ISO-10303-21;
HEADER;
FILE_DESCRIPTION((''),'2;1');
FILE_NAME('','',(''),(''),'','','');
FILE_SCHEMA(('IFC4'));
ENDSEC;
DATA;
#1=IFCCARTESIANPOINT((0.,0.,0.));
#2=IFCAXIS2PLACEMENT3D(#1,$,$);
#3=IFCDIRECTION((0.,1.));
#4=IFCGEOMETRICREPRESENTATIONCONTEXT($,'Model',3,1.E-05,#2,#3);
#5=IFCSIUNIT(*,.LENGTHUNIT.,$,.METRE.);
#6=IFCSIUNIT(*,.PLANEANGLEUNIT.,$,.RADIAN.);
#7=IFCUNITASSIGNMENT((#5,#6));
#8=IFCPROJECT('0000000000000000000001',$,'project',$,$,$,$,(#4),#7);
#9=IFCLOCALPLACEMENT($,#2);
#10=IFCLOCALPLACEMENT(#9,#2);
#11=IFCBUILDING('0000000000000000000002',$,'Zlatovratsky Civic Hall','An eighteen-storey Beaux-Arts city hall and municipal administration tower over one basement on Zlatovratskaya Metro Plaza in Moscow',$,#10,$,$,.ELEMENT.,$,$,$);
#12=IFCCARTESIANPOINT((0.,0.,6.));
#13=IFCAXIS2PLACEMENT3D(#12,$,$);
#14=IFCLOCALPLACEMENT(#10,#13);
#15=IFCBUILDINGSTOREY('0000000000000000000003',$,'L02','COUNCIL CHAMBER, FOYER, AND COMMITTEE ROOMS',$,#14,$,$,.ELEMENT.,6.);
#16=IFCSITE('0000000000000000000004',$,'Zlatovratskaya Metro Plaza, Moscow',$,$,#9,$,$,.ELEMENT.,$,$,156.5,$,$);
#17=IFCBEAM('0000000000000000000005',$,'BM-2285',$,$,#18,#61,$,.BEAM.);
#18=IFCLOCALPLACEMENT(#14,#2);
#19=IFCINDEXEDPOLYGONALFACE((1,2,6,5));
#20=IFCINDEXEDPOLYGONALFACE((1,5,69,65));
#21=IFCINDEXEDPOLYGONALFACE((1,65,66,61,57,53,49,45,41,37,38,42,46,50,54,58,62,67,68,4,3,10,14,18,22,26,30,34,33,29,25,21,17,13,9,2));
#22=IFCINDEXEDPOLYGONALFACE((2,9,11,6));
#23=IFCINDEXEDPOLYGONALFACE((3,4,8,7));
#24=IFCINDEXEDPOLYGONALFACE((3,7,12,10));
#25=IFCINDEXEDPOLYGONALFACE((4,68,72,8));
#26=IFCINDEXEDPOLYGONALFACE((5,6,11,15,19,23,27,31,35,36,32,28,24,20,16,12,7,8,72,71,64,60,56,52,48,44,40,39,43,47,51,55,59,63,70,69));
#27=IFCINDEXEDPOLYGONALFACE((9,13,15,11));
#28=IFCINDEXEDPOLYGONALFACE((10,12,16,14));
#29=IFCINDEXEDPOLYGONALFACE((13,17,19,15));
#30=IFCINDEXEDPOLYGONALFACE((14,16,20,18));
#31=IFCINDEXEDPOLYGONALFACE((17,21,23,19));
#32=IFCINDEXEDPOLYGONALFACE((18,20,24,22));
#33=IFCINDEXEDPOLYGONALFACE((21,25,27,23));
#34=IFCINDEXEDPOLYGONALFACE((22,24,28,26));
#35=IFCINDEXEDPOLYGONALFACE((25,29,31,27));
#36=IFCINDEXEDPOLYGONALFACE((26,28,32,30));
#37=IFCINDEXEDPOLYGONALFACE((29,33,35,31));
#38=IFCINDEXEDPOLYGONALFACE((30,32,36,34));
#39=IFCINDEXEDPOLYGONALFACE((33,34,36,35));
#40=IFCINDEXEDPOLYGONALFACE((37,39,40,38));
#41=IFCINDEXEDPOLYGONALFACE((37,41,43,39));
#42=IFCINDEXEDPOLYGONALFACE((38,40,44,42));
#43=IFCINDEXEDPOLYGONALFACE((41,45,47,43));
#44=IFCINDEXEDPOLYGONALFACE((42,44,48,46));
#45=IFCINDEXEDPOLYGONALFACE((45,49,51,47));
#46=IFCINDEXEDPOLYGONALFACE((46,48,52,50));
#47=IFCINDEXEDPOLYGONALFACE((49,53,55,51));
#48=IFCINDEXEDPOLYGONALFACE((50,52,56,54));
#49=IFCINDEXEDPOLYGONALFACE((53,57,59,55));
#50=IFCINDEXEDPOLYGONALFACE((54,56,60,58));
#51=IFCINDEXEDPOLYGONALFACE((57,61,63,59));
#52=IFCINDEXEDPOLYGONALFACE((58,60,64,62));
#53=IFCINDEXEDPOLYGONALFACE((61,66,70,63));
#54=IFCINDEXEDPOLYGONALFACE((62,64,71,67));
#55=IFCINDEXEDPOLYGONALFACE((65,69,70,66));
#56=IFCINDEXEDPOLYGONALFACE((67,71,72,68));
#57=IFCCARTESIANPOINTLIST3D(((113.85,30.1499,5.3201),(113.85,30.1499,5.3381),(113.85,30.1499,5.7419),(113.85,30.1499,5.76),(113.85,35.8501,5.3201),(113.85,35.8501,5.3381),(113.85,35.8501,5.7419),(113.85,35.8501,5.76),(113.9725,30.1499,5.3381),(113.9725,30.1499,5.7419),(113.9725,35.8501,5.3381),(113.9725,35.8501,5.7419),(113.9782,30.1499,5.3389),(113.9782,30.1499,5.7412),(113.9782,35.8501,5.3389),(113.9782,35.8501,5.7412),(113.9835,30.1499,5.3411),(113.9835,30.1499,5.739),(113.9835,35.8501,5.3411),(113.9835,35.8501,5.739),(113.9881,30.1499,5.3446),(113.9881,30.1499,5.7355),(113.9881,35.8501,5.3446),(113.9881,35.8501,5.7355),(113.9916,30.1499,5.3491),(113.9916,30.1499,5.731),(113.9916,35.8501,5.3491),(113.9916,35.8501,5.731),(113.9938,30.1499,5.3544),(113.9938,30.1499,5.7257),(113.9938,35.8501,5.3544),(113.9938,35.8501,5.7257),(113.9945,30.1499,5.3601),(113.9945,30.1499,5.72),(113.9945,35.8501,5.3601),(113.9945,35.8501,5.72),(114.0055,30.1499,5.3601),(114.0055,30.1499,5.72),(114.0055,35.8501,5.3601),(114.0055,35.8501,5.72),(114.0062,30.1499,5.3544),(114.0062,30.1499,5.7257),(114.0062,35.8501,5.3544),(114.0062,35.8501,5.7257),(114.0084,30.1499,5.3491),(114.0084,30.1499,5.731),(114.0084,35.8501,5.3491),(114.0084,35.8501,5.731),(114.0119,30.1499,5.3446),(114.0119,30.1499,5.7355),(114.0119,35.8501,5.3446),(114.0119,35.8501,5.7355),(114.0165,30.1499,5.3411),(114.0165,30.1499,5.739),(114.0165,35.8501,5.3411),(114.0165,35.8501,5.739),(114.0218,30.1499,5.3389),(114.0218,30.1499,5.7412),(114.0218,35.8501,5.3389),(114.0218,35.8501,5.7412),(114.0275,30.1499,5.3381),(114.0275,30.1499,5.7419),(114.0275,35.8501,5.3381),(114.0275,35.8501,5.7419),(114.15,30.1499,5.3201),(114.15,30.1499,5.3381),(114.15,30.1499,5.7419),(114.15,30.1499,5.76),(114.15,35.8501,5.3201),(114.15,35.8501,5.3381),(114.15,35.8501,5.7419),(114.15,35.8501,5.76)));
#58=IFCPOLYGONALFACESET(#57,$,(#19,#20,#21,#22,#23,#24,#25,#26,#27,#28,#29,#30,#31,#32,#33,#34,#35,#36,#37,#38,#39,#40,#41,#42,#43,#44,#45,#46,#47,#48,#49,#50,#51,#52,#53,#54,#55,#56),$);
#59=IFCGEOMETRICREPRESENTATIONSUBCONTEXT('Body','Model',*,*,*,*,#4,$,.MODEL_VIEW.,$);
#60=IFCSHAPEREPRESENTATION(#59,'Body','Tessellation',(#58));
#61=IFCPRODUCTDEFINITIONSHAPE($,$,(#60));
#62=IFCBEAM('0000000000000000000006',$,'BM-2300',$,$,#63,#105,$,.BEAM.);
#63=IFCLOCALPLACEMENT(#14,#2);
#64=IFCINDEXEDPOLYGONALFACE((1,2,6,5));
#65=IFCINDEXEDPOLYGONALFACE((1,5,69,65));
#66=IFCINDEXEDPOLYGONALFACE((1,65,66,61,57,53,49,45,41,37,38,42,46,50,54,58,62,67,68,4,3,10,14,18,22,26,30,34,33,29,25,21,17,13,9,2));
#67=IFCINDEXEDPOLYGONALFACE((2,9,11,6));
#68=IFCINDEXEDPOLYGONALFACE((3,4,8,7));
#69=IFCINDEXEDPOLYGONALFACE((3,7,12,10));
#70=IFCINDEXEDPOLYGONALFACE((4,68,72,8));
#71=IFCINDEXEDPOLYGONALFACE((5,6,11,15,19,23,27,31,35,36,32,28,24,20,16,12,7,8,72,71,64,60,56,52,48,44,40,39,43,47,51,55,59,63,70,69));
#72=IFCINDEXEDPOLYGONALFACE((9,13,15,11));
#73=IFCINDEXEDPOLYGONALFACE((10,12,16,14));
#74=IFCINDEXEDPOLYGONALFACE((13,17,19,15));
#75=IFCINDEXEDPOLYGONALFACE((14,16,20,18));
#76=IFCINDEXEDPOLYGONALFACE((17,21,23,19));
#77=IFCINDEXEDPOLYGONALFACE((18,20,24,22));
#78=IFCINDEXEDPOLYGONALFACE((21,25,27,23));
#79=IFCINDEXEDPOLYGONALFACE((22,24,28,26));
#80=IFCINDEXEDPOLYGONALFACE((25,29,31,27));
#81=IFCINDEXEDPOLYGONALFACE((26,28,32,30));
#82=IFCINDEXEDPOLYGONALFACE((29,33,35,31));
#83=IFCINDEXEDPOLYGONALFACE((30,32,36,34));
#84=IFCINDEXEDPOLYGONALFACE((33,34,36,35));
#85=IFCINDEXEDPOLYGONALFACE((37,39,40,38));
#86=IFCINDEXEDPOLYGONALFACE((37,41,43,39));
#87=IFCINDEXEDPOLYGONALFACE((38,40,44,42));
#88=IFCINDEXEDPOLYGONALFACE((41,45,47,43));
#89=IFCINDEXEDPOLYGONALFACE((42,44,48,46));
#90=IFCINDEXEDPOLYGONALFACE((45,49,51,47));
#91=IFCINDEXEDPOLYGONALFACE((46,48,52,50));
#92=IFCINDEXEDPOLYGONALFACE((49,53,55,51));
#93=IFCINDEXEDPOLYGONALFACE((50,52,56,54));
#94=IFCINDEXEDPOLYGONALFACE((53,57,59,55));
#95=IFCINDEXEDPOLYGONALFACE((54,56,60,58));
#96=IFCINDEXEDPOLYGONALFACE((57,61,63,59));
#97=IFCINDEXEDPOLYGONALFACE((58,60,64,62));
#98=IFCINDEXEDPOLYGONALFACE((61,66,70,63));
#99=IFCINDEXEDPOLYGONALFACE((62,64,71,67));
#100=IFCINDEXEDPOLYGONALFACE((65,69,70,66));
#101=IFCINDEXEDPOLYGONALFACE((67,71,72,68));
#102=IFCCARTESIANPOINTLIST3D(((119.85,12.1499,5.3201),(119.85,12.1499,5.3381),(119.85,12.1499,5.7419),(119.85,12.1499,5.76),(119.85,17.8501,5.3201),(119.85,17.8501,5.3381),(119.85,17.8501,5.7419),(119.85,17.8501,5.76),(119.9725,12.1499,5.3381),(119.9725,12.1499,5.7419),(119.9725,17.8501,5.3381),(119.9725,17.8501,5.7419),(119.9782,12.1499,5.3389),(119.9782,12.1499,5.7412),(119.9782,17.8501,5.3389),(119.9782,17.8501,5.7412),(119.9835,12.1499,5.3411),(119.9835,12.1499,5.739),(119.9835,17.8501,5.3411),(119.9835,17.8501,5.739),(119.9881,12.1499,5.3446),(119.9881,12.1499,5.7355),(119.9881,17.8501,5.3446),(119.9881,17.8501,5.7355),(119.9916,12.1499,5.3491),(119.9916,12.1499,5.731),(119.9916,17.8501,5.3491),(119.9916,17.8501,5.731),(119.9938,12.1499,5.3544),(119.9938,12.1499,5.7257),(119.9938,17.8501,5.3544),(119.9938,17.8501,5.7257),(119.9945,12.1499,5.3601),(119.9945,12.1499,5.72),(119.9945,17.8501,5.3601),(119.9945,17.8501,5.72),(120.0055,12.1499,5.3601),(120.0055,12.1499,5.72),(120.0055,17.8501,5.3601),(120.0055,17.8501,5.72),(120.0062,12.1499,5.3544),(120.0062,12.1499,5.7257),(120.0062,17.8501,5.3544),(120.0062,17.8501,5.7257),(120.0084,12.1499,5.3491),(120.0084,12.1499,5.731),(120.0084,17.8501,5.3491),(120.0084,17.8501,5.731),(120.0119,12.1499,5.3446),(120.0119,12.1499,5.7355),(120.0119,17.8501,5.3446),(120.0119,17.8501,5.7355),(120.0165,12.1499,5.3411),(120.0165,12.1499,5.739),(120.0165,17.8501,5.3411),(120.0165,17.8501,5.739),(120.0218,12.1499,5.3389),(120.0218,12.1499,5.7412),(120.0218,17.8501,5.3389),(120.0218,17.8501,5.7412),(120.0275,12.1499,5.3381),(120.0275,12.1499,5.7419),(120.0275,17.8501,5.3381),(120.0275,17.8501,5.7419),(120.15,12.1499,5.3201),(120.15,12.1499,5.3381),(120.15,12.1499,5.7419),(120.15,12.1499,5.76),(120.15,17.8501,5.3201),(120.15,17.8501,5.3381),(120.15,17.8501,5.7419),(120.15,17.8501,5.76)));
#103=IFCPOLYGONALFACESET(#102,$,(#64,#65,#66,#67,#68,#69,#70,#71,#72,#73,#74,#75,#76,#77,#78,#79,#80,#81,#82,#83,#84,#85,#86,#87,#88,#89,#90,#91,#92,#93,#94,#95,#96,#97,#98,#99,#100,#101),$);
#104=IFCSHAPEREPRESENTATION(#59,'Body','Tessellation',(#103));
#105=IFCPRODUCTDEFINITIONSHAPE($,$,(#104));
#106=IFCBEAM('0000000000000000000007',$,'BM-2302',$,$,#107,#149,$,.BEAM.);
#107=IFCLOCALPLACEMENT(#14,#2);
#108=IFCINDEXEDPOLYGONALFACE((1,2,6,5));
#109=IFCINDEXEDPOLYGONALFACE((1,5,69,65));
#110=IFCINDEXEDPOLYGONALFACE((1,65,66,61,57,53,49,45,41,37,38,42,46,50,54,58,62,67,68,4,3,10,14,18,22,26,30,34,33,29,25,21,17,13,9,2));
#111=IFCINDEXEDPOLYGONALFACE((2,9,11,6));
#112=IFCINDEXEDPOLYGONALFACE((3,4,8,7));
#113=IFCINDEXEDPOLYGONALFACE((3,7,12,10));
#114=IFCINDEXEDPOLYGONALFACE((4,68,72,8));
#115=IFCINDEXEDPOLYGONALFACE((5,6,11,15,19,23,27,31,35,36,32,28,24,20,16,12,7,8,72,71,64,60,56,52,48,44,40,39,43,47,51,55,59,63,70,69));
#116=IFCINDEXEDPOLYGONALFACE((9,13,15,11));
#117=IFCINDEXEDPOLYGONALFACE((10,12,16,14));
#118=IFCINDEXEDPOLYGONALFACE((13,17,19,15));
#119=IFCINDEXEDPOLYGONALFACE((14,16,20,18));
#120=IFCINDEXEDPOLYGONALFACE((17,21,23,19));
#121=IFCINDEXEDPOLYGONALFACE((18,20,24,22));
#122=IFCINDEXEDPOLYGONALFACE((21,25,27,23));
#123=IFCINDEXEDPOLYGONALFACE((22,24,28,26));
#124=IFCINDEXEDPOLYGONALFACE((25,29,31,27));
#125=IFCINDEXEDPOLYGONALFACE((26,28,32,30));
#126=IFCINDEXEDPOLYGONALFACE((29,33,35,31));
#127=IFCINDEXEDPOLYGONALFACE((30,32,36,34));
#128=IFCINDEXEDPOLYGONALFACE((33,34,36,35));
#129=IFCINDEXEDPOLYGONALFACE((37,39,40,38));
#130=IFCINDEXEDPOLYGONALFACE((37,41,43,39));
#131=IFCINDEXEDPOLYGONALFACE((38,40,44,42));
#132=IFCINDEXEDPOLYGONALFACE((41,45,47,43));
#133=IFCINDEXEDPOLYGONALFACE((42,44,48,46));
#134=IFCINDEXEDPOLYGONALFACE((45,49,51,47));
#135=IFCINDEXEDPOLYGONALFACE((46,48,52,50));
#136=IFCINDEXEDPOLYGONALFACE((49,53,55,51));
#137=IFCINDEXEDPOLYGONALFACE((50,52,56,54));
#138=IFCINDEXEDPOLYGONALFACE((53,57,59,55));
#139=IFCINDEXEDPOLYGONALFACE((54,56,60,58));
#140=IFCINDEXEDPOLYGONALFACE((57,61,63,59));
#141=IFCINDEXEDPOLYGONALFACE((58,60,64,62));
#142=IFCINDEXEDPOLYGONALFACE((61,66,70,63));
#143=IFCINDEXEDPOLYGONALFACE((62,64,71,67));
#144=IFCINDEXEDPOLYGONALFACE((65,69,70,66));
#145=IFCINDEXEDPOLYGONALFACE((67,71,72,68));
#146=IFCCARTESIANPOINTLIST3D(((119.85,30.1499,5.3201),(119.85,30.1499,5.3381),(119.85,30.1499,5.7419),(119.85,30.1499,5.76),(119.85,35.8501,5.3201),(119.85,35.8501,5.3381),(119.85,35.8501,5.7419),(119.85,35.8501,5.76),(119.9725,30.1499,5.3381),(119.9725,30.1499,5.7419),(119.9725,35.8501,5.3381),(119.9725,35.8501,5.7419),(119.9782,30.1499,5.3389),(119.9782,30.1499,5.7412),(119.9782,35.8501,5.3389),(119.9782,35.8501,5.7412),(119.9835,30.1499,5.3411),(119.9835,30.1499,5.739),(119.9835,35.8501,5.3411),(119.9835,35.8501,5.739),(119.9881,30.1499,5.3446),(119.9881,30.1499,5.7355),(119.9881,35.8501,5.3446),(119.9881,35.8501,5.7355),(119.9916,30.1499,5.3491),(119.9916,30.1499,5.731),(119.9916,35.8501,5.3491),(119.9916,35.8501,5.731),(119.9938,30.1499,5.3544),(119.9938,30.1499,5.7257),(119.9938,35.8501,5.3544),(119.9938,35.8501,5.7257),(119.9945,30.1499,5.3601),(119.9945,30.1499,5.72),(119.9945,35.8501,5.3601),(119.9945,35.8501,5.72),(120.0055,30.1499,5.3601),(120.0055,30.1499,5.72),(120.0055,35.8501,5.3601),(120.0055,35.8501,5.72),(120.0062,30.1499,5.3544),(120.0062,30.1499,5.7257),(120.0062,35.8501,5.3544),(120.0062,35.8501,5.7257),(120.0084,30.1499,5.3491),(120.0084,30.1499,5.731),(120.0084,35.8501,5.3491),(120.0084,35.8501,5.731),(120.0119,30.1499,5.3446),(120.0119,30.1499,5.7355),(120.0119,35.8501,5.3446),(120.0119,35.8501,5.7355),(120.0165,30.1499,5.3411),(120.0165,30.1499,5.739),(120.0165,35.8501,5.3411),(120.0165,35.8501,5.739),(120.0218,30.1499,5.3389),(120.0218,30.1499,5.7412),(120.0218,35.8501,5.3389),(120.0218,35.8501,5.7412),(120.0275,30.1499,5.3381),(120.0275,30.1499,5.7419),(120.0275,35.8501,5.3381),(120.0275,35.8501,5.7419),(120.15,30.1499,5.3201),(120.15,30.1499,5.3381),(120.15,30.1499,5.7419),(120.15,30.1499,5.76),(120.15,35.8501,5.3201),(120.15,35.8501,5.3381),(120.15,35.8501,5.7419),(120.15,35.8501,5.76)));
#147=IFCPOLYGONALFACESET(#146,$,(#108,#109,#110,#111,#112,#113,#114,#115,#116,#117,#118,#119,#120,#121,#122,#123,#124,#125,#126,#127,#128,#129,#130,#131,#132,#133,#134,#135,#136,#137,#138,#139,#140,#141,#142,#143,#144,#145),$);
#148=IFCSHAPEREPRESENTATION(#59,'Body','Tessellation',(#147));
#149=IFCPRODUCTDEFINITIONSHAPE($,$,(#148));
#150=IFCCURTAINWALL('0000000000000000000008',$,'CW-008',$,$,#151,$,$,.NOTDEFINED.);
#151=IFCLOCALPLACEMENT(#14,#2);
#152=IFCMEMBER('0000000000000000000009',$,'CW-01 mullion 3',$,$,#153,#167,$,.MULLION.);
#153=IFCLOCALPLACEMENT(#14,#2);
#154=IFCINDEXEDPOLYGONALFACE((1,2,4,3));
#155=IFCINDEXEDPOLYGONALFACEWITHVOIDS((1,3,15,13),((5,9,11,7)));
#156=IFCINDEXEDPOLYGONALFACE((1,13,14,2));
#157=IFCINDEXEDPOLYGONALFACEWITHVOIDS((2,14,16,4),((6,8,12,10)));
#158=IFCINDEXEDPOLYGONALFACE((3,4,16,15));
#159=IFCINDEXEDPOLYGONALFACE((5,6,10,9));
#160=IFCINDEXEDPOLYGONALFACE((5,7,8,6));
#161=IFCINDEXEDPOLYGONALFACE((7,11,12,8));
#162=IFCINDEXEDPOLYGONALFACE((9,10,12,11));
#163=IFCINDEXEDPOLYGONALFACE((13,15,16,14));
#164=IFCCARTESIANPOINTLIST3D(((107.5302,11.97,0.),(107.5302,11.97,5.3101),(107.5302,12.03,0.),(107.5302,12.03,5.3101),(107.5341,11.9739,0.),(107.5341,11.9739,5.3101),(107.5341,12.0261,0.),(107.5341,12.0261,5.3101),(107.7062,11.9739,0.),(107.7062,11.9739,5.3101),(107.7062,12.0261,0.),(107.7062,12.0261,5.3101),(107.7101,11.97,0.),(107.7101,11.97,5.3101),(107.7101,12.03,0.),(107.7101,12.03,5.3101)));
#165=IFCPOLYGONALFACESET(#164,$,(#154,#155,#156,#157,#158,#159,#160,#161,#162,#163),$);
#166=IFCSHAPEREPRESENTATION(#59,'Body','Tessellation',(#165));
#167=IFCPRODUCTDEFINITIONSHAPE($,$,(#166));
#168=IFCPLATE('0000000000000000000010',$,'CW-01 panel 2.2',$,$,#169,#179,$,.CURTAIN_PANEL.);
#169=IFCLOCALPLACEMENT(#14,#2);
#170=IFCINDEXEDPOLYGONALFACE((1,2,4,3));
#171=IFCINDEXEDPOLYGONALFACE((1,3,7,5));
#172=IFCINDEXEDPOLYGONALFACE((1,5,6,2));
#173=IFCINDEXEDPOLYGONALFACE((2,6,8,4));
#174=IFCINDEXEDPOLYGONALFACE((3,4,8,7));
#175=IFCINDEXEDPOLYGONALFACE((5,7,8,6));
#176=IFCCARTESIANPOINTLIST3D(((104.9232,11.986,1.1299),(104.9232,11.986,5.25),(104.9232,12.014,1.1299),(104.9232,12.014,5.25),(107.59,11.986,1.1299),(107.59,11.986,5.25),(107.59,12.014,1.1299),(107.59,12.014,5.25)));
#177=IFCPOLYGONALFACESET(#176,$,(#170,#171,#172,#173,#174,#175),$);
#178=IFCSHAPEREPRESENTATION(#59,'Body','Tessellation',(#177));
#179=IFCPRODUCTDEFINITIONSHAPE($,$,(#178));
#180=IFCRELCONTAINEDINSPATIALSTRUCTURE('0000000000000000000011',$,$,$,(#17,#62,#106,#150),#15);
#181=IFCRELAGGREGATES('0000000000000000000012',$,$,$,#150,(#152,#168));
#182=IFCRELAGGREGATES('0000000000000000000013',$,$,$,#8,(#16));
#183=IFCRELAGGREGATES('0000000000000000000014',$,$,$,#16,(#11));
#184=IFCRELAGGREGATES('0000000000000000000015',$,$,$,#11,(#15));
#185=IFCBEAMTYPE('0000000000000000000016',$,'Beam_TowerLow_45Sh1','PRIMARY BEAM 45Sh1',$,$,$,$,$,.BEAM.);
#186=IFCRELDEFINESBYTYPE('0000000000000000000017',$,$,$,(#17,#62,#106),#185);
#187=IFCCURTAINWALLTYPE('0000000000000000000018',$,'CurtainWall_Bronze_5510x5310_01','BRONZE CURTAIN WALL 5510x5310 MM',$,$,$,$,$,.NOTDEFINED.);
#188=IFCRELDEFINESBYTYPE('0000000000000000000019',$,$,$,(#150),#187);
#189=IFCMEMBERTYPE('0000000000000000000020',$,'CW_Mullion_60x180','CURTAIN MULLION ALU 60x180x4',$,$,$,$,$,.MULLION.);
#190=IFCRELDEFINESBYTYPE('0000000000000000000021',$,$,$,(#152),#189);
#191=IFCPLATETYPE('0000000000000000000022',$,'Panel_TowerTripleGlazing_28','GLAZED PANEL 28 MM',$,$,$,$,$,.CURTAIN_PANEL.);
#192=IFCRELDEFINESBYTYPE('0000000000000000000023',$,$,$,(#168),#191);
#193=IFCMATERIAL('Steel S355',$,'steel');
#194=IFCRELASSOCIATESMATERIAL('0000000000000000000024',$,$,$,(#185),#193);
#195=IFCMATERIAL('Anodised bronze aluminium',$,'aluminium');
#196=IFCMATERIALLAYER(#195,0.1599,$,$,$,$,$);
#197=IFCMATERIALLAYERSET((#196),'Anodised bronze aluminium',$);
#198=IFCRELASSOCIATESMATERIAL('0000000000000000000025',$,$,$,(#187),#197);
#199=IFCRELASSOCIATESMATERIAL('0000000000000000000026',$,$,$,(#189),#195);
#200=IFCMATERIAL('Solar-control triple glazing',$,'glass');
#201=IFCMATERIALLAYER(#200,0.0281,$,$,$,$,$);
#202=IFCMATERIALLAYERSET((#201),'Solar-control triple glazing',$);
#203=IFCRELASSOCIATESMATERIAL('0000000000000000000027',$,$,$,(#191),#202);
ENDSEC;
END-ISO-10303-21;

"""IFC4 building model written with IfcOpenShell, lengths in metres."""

from ifc_helpers import new_model, si_unit, direction, frame, origin, origin_2d, place, context, subcontext, project, spatial, rectangle, hollow_rectangle, i_section, extrude, material, layer, layer_set, material_profile, profile_set, type_object, element, aggregate, save


model = new_model("IFC4")

# Units and contexts
model_context = context("Model", 3, precision=1e-05, world=origin(), true_north=direction((0.0, 1.0)))
body_context = subcontext(model_context, "Body", "Model", "MODEL_VIEW")
ifc_project = project(units=[si_unit("LENGTHUNIT", "METRE"), si_unit("PLANEANGLEUNIT", "RADIAN")], contexts=[model_context])

# Site, building, storey
site_placement = place(None, origin())
site = spatial("IfcSite", under=ifc_project, at=site_placement, Name="Zlatovratskaya Metro Plaza, Moscow", CompositionType="ELEMENT", RefElevation=156.5)
building_placement = place(site_placement, origin())
building = spatial("IfcBuilding", under=site, at=building_placement, Name="Zlatovratsky Civic Hall", Description="An eighteen-storey Beaux-Arts city hall and municipal administration tower over one basement on Zlatovratskaya Metro Plaza in Moscow", CompositionType="ELEMENT")
storey_placement = place(building_placement, frame((0.0, 0.0, 6.0)))
storey = spatial("IfcBuildingStorey", under=building, at=storey_placement, Name="L02", Description="COUNCIL CHAMBER, FOYER, AND COMMITTEE ROOMS", CompositionType="ELEMENT", Elevation=6.0)

# Shared definitions
ifc_material_1 = material(Name="Steel S355", Category="steel")

# Beams
ifc_material_profile_1 = material_profile(ifc_material_1, i_section(OverallWidth=0.3, OverallDepth=0.4399, WebThickness=0.011, FlangeThickness=0.0181, FilletRadius=0.022, at=origin_2d()), Name="45Sh1")
ifc_profile_set_1 = profile_set([ifc_material_profile_1], Name="Steel S355")
beam_type_1 = type_object("IfcBeamType", Name="Beam_TowerLow_45Sh1", Description="PRIMARY BEAM 45Sh1", PredefinedType="BEAM", material=ifc_profile_set_1)
for number, where, z_axis, x_axis, name in (
    (1, (114.0, 30.1499, 5.54), (0.0, 1.0, 0.0), (-1.0, 0.0, 0.0), "BM-2285"),
    (2, (120.0, 12.1499, 5.54), (0.0, 1.0, 0.0), (-1.0, 0.0, 0.0), "BM-2300"),
    (3, (120.0, 30.1499, 5.54), (0.0, 1.0, 0.0), (-1.0, 0.0, 0.0), "BM-2302"),
):
    element("IfcBeam", number, at=place(storey_placement, frame(where, z_axis=z_axis, x_axis=x_axis)), inside=storey, type_object=beam_type_1, Name=name, PredefinedType="BEAM", context=body_context, shape_type="SweptSolid", body=[
        extrude(i_section(OverallWidth=0.3, OverallDepth=0.4399, WebThickness=0.011, FlangeThickness=0.0181, FilletRadius=0.022, at=origin_2d()), origin(), (0.0, 0.0, 1.0), 5.7002),
    ])

# Curtain wall, member, plate
ifc_material_2 = material(Name="Anodised bronze aluminium", Category="aluminium")
ifc_layer_1 = layer(ifc_material_2, 0.1599)
ifc_layer_set_1 = layer_set([ifc_layer_1], Name="Anodised bronze aluminium")
curtain_wall_type = type_object("IfcCurtainWallType", Name="CurtainWall_Bronze_5510x5310_01", Description="BRONZE CURTAIN WALL 5510x5310 MM", PredefinedType="NOTDEFINED", material=ifc_layer_set_1)
curtain_wall_placement = place(storey_placement, origin())
curtain_wall = element("IfcCurtainWall", 4, at=curtain_wall_placement, inside=storey, type_object=curtain_wall_type, Name="CW-008", PredefinedType="NOTDEFINED")
ifc_material_profile_2 = material_profile(ifc_material_2, hollow_rectangle(XDim=0.0601, YDim=0.1799, WallThickness=0.0039, at=origin_2d()), Name="ALU 60x180x4")
ifc_profile_set_2 = profile_set([ifc_material_profile_2], Name="Anodised bronze aluminium")
member_type = type_object("IfcMemberType", Name="CW_Mullion_60x180", Description="CURTAIN MULLION ALU 60x180x4", PredefinedType="MULLION", material=ifc_profile_set_2)
member_placement = place(storey_placement, frame((107.6201, 12.0, 0.0), z_axis=(0.0, 0.0, 1.0), x_axis=(0.0, 1.0, 0.0)))
member = element("IfcMember", 5, at=member_placement, type_object=member_type, Name="CW-01 mullion 3", PredefinedType="MULLION", context=body_context, shape_type="SweptSolid", body=[
    extrude(hollow_rectangle(XDim=0.0601, YDim=0.1799, WallThickness=0.0039, at=origin_2d()), origin(), (0.0, 0.0, 1.0), 5.3101),
])
ifc_material_3 = material(Name="Solar-control triple glazing", Category="glass")
ifc_layer_2 = layer(ifc_material_3, 0.0281)
ifc_layer_set_2 = layer_set([ifc_layer_2], Name="Solar-control triple glazing")
plate_type = type_object("IfcPlateType", Name="Panel_TowerTripleGlazing_28", Description="GLAZED PANEL 28 MM", PredefinedType="CURTAIN_PANEL", material=ifc_layer_set_2)
plate_placement = place(storey_placement, frame((106.2566, 12.0, 1.1299), z_axis=(0.0, 0.0, 1.0), x_axis=(1.0, 0.0, 0.0)))
plate = element("IfcPlate", 6, at=plate_placement, type_object=plate_type, Name="CW-01 panel 2.2", PredefinedType="CURTAIN_PANEL", context=body_context, shape_type="SweptSolid", body=[
    extrude(rectangle(XDim=2.6667, YDim=0.0281, at=origin_2d()), origin(), (0.0, 0.0, 1.0), 4.1201),
])
aggregate(curtain_wall, [member, plate])

save(model, "model.ifc")
